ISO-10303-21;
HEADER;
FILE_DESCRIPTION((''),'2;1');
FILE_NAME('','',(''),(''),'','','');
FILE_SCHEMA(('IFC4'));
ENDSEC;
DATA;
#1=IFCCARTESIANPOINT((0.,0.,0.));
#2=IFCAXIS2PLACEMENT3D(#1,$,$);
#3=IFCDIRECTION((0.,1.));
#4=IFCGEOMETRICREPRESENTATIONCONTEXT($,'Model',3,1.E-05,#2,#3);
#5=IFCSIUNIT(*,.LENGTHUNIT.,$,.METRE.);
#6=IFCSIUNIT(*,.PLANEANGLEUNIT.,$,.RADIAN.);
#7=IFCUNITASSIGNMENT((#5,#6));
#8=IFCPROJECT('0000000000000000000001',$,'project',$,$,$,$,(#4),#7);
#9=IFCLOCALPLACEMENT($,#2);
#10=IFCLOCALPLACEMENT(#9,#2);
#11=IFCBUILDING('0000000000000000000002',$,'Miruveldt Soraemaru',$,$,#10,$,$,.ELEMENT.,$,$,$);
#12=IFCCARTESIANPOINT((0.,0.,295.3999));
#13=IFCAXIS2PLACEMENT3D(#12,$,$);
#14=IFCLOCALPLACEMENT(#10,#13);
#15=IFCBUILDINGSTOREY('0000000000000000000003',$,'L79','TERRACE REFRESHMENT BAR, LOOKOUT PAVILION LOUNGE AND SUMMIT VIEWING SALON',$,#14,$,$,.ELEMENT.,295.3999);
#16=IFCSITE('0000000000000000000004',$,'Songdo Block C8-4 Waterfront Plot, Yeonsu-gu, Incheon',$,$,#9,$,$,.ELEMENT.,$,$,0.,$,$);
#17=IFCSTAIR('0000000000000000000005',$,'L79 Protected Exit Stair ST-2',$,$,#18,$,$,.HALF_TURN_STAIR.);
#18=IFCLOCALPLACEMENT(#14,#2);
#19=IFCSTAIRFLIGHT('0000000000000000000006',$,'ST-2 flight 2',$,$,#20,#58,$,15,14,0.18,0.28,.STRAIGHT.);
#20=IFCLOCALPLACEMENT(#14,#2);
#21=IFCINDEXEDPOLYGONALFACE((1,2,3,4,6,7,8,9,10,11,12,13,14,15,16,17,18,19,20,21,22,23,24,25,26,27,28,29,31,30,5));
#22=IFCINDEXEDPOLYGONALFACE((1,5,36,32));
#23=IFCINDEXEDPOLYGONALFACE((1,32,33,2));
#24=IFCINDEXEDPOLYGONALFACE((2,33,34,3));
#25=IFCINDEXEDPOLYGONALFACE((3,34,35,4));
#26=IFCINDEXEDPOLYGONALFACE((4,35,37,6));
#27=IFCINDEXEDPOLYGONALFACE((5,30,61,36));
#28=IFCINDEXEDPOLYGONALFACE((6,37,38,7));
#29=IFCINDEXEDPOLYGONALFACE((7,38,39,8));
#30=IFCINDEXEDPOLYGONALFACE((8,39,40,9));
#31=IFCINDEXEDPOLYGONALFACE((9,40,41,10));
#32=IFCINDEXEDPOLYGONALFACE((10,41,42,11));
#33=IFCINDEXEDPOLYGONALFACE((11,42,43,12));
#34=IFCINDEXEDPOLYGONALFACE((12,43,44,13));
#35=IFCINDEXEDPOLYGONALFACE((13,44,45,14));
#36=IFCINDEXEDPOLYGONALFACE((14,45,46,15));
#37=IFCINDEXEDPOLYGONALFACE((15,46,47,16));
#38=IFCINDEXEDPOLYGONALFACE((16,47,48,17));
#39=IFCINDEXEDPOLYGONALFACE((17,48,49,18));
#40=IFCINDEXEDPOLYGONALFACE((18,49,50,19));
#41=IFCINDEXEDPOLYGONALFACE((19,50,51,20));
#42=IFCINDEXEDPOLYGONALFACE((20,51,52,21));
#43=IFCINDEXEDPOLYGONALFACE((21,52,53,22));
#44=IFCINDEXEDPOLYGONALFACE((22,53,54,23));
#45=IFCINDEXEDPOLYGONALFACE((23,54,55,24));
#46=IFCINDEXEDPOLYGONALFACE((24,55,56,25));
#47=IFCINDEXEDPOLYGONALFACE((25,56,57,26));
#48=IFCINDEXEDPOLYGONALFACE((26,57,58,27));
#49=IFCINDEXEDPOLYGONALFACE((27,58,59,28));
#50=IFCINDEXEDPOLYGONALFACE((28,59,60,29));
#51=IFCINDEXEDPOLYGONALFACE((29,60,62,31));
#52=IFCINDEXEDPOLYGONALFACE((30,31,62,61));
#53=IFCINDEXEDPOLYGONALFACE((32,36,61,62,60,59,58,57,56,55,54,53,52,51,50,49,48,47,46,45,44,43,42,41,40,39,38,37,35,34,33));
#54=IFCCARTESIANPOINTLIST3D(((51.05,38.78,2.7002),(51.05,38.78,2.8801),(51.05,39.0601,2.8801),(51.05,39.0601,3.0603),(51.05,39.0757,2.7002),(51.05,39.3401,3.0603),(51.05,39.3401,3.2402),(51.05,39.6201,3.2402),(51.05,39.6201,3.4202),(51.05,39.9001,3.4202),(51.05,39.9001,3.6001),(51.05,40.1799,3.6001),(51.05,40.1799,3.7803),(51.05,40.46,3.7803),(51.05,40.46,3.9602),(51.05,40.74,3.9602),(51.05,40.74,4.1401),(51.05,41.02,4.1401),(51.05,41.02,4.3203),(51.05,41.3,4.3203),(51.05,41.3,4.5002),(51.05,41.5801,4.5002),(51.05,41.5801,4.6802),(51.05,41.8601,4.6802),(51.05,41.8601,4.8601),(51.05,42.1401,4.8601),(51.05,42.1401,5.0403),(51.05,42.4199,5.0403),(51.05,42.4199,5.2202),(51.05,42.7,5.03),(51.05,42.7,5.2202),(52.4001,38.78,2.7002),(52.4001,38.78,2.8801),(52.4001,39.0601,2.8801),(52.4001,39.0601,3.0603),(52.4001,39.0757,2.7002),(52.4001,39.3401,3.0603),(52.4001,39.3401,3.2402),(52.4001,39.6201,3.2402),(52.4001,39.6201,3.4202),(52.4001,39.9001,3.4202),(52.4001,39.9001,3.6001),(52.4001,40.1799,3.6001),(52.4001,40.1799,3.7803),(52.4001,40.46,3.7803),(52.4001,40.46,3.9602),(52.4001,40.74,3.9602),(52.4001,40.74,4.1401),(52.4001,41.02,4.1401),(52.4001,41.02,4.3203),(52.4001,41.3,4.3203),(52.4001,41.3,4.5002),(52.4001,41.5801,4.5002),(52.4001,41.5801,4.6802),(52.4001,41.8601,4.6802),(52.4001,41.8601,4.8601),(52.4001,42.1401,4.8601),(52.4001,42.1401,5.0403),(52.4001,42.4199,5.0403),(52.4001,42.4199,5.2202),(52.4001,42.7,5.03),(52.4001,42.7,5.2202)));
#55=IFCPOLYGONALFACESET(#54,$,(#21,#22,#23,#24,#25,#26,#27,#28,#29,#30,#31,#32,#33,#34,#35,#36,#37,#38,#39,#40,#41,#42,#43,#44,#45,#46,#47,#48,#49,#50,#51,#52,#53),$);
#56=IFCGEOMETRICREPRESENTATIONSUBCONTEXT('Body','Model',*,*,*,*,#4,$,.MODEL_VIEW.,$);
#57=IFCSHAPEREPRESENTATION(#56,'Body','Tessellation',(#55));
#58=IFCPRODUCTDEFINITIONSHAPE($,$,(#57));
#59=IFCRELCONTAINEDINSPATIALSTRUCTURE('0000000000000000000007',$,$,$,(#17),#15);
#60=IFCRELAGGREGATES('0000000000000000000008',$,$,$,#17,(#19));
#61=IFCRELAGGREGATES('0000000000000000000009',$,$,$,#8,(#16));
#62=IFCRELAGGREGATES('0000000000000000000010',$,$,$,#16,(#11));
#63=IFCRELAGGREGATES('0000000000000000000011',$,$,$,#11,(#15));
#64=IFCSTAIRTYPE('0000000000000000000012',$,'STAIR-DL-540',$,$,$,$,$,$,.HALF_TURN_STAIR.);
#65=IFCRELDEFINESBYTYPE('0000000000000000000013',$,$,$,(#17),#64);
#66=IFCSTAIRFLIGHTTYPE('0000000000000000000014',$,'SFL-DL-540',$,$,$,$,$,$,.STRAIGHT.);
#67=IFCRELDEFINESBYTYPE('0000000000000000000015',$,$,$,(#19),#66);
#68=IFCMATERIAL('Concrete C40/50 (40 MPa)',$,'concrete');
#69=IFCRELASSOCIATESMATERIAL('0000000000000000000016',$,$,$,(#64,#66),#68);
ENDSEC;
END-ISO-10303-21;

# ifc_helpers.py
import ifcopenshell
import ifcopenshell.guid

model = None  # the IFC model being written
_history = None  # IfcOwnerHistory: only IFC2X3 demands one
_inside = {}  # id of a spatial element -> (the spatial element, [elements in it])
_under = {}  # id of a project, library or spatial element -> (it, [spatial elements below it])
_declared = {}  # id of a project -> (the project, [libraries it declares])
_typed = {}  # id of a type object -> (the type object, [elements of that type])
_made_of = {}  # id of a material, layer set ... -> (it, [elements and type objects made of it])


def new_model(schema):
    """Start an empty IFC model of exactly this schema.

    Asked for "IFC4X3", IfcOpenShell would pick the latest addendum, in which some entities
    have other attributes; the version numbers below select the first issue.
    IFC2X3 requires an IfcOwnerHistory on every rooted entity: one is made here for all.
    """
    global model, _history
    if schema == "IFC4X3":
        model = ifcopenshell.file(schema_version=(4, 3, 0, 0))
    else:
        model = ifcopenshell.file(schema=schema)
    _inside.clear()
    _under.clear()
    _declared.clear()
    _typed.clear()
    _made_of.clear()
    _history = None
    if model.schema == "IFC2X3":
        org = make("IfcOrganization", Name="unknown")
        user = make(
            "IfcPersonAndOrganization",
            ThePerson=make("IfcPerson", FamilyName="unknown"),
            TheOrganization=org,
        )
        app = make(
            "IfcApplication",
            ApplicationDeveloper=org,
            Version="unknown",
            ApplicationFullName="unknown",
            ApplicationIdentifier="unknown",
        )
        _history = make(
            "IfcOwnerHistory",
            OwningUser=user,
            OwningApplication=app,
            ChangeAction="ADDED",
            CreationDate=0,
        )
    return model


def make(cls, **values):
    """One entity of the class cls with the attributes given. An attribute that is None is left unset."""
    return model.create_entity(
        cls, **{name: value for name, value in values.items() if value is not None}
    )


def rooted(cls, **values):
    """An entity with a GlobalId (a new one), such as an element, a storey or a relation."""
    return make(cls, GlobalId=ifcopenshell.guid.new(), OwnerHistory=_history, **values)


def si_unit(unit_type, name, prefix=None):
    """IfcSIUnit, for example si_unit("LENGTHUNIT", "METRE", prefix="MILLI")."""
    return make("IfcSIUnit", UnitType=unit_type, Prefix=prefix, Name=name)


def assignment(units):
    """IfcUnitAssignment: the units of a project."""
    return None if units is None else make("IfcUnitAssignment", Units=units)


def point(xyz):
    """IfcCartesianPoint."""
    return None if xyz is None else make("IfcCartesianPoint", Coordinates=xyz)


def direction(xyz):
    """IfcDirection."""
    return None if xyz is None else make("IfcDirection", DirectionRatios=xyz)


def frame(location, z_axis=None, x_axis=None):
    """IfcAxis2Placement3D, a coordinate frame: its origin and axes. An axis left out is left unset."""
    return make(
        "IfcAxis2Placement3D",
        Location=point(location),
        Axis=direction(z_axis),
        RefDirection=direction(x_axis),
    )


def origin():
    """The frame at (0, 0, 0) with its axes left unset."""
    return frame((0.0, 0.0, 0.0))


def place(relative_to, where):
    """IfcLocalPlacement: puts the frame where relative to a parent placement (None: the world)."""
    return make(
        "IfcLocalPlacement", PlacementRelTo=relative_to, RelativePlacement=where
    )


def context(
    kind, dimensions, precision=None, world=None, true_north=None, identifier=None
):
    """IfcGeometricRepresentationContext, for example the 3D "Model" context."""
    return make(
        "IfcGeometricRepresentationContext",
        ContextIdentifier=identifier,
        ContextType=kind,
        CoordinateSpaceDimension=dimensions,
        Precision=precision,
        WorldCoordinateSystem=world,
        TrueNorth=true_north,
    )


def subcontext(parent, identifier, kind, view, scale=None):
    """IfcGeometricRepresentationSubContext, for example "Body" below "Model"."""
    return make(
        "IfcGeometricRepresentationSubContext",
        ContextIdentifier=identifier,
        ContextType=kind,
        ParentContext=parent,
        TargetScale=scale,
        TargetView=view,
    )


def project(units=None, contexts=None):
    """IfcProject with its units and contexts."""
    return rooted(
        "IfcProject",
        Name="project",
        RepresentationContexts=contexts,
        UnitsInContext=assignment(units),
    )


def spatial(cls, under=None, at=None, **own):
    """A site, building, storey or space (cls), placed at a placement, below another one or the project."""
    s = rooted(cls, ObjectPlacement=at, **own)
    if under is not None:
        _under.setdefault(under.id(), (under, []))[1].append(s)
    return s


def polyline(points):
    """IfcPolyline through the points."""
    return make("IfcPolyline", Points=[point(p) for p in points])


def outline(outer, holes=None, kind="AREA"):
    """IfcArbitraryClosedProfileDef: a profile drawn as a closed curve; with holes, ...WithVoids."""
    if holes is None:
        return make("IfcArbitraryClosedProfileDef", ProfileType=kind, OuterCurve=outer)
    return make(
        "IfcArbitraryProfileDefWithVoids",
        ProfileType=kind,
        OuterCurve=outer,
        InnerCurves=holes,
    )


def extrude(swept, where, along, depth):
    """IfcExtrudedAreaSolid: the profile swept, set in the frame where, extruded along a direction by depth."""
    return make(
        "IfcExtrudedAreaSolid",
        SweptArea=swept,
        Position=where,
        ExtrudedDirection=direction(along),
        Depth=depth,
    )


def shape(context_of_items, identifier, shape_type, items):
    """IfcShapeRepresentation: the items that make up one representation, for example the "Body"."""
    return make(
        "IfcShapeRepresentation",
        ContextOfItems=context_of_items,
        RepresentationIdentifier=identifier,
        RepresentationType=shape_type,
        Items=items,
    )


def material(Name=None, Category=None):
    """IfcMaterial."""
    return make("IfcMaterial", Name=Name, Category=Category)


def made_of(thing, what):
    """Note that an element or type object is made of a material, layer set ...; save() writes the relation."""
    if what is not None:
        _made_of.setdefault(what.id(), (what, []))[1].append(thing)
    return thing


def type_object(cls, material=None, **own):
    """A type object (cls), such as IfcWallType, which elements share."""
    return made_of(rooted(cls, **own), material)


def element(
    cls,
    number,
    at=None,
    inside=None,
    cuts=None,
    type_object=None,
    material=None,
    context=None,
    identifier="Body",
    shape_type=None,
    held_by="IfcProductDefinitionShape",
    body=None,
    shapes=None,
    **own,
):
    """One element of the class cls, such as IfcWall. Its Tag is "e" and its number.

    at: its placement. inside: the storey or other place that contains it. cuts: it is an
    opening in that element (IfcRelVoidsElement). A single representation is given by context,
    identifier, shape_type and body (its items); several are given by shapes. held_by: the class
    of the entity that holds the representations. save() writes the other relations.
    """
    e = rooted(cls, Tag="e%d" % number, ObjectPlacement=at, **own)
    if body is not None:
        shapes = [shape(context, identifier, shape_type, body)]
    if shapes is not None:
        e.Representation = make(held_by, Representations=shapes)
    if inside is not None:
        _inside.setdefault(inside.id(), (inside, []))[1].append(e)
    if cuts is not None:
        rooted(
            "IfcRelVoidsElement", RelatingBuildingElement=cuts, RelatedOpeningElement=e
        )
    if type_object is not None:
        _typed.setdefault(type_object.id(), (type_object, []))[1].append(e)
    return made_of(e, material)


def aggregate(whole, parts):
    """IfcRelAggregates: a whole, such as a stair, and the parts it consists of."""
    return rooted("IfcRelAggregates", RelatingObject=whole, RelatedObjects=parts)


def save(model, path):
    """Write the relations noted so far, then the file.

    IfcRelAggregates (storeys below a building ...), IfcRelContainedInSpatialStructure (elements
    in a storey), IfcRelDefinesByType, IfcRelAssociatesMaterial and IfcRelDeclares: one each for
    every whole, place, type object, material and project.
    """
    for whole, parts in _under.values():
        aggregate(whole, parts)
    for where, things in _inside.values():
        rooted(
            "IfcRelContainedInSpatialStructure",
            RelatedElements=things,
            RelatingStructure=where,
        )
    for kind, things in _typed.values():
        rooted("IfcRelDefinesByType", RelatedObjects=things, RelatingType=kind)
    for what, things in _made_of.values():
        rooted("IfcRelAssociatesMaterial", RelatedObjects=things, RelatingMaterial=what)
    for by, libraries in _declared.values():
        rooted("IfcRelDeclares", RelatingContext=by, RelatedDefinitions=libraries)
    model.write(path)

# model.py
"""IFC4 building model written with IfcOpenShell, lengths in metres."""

from ifc_helpers import new_model, si_unit, direction, frame, origin, place, context, subcontext, project, spatial, polyline, outline, extrude, material, type_object, element, aggregate, save


model = new_model("IFC4")

# Units and contexts
model_context = context("Model", 3, precision=1e-05, world=origin(), true_north=direction((0.0, 1.0)))
body_context = subcontext(model_context, "Body", "Model", "MODEL_VIEW")
ifc_project = project(units=[si_unit("LENGTHUNIT", "METRE"), si_unit("PLANEANGLEUNIT", "RADIAN")], contexts=[model_context])

# Site, building, storey
site_placement = place(None, origin())
site = spatial("IfcSite", under=ifc_project, at=site_placement, Name="Songdo Block C8-4 Waterfront Plot, Yeonsu-gu, Incheon", CompositionType="ELEMENT", RefElevation=0.0)
building_placement = place(site_placement, origin())
building = spatial("IfcBuilding", under=site, at=building_placement, Name="Miruveldt Soraemaru", CompositionType="ELEMENT")
storey_placement = place(building_placement, frame((0.0, 0.0, 295.3999)))
storey = spatial("IfcBuildingStorey", under=building, at=storey_placement, Name="L79", Description="TERRACE REFRESHMENT BAR, LOOKOUT PAVILION LOUNGE AND SUMMIT VIEWING SALON", CompositionType="ELEMENT", Elevation=295.3999)

# Shared definitions
ifc_material_1 = material(Name="Concrete C40/50 (40 MPa)", Category="concrete")

# Stair, stair flight
stair_type = type_object("IfcStairType", Name="STAIR-DL-540", PredefinedType="HALF_TURN_STAIR", material=ifc_material_1)
stair_placement = place(storey_placement, origin())
stair = element("IfcStair", 1, at=stair_placement, inside=storey, type_object=stair_type, Name="L79 Protected Exit Stair ST-2", PredefinedType="HALF_TURN_STAIR")
stair_flight_type = type_object("IfcStairFlightType", Name="SFL-DL-540", PredefinedType="STRAIGHT", material=ifc_material_1)
stair_flight_1_placement = place(storey_placement, frame((51.7251, 38.78, 2.7002), z_axis=(0.0, 0.0, 1.0), x_axis=(0.0, 1.0, 0.0)))
stair_flight_1 = element("IfcStairFlight", 2, at=stair_flight_1_placement, type_object=stair_flight_type, Name="ST-2 flight 2", NumberOfRisers=15, NumberOfTreads=14, PredefinedType="STRAIGHT", RiserHeight=0.18, TreadLength=0.28, context=body_context, shape_type="SweptSolid", body=[
    extrude(outline(polyline([(0.0, 0.0), (0.0, 0.1799), (0.28, 0.1799), (0.28, 0.3601), (0.5601, 0.3601), (0.5601, 0.54), (0.8401, 0.54), (0.8401, 0.72), (1.1201, 0.72), (1.1201, 0.8999), (1.3999, 0.8999), (1.3999, 1.0801), (1.6799, 1.0801), (1.6799, 1.26), (1.96, 1.26), (1.96, 1.4399), (2.24, 1.4399), (2.24, 1.6201), (2.52, 1.6201), (2.52, 1.8), (2.8, 1.8), (2.8, 1.98), (3.0801, 1.98), (3.0801, 2.1599), (3.3601, 2.1599), (3.3601, 2.3401), (3.6399, 2.3401), (3.6399, 2.52), (3.9199, 2.52), (3.9199, 2.7), (3.9199, 2.3298), (0.2957, 0.0), (0.0, 0.0)])), frame((0.0, 0.675, 0.0), z_axis=(0.0, -1.0, 0.0), x_axis=(1.0, 0.0, 0.0)), (0.0, 0.0, 1.0), 1.3501),
])
aggregate(stair, [stair_flight_1])

save(model, "model.ifc")
